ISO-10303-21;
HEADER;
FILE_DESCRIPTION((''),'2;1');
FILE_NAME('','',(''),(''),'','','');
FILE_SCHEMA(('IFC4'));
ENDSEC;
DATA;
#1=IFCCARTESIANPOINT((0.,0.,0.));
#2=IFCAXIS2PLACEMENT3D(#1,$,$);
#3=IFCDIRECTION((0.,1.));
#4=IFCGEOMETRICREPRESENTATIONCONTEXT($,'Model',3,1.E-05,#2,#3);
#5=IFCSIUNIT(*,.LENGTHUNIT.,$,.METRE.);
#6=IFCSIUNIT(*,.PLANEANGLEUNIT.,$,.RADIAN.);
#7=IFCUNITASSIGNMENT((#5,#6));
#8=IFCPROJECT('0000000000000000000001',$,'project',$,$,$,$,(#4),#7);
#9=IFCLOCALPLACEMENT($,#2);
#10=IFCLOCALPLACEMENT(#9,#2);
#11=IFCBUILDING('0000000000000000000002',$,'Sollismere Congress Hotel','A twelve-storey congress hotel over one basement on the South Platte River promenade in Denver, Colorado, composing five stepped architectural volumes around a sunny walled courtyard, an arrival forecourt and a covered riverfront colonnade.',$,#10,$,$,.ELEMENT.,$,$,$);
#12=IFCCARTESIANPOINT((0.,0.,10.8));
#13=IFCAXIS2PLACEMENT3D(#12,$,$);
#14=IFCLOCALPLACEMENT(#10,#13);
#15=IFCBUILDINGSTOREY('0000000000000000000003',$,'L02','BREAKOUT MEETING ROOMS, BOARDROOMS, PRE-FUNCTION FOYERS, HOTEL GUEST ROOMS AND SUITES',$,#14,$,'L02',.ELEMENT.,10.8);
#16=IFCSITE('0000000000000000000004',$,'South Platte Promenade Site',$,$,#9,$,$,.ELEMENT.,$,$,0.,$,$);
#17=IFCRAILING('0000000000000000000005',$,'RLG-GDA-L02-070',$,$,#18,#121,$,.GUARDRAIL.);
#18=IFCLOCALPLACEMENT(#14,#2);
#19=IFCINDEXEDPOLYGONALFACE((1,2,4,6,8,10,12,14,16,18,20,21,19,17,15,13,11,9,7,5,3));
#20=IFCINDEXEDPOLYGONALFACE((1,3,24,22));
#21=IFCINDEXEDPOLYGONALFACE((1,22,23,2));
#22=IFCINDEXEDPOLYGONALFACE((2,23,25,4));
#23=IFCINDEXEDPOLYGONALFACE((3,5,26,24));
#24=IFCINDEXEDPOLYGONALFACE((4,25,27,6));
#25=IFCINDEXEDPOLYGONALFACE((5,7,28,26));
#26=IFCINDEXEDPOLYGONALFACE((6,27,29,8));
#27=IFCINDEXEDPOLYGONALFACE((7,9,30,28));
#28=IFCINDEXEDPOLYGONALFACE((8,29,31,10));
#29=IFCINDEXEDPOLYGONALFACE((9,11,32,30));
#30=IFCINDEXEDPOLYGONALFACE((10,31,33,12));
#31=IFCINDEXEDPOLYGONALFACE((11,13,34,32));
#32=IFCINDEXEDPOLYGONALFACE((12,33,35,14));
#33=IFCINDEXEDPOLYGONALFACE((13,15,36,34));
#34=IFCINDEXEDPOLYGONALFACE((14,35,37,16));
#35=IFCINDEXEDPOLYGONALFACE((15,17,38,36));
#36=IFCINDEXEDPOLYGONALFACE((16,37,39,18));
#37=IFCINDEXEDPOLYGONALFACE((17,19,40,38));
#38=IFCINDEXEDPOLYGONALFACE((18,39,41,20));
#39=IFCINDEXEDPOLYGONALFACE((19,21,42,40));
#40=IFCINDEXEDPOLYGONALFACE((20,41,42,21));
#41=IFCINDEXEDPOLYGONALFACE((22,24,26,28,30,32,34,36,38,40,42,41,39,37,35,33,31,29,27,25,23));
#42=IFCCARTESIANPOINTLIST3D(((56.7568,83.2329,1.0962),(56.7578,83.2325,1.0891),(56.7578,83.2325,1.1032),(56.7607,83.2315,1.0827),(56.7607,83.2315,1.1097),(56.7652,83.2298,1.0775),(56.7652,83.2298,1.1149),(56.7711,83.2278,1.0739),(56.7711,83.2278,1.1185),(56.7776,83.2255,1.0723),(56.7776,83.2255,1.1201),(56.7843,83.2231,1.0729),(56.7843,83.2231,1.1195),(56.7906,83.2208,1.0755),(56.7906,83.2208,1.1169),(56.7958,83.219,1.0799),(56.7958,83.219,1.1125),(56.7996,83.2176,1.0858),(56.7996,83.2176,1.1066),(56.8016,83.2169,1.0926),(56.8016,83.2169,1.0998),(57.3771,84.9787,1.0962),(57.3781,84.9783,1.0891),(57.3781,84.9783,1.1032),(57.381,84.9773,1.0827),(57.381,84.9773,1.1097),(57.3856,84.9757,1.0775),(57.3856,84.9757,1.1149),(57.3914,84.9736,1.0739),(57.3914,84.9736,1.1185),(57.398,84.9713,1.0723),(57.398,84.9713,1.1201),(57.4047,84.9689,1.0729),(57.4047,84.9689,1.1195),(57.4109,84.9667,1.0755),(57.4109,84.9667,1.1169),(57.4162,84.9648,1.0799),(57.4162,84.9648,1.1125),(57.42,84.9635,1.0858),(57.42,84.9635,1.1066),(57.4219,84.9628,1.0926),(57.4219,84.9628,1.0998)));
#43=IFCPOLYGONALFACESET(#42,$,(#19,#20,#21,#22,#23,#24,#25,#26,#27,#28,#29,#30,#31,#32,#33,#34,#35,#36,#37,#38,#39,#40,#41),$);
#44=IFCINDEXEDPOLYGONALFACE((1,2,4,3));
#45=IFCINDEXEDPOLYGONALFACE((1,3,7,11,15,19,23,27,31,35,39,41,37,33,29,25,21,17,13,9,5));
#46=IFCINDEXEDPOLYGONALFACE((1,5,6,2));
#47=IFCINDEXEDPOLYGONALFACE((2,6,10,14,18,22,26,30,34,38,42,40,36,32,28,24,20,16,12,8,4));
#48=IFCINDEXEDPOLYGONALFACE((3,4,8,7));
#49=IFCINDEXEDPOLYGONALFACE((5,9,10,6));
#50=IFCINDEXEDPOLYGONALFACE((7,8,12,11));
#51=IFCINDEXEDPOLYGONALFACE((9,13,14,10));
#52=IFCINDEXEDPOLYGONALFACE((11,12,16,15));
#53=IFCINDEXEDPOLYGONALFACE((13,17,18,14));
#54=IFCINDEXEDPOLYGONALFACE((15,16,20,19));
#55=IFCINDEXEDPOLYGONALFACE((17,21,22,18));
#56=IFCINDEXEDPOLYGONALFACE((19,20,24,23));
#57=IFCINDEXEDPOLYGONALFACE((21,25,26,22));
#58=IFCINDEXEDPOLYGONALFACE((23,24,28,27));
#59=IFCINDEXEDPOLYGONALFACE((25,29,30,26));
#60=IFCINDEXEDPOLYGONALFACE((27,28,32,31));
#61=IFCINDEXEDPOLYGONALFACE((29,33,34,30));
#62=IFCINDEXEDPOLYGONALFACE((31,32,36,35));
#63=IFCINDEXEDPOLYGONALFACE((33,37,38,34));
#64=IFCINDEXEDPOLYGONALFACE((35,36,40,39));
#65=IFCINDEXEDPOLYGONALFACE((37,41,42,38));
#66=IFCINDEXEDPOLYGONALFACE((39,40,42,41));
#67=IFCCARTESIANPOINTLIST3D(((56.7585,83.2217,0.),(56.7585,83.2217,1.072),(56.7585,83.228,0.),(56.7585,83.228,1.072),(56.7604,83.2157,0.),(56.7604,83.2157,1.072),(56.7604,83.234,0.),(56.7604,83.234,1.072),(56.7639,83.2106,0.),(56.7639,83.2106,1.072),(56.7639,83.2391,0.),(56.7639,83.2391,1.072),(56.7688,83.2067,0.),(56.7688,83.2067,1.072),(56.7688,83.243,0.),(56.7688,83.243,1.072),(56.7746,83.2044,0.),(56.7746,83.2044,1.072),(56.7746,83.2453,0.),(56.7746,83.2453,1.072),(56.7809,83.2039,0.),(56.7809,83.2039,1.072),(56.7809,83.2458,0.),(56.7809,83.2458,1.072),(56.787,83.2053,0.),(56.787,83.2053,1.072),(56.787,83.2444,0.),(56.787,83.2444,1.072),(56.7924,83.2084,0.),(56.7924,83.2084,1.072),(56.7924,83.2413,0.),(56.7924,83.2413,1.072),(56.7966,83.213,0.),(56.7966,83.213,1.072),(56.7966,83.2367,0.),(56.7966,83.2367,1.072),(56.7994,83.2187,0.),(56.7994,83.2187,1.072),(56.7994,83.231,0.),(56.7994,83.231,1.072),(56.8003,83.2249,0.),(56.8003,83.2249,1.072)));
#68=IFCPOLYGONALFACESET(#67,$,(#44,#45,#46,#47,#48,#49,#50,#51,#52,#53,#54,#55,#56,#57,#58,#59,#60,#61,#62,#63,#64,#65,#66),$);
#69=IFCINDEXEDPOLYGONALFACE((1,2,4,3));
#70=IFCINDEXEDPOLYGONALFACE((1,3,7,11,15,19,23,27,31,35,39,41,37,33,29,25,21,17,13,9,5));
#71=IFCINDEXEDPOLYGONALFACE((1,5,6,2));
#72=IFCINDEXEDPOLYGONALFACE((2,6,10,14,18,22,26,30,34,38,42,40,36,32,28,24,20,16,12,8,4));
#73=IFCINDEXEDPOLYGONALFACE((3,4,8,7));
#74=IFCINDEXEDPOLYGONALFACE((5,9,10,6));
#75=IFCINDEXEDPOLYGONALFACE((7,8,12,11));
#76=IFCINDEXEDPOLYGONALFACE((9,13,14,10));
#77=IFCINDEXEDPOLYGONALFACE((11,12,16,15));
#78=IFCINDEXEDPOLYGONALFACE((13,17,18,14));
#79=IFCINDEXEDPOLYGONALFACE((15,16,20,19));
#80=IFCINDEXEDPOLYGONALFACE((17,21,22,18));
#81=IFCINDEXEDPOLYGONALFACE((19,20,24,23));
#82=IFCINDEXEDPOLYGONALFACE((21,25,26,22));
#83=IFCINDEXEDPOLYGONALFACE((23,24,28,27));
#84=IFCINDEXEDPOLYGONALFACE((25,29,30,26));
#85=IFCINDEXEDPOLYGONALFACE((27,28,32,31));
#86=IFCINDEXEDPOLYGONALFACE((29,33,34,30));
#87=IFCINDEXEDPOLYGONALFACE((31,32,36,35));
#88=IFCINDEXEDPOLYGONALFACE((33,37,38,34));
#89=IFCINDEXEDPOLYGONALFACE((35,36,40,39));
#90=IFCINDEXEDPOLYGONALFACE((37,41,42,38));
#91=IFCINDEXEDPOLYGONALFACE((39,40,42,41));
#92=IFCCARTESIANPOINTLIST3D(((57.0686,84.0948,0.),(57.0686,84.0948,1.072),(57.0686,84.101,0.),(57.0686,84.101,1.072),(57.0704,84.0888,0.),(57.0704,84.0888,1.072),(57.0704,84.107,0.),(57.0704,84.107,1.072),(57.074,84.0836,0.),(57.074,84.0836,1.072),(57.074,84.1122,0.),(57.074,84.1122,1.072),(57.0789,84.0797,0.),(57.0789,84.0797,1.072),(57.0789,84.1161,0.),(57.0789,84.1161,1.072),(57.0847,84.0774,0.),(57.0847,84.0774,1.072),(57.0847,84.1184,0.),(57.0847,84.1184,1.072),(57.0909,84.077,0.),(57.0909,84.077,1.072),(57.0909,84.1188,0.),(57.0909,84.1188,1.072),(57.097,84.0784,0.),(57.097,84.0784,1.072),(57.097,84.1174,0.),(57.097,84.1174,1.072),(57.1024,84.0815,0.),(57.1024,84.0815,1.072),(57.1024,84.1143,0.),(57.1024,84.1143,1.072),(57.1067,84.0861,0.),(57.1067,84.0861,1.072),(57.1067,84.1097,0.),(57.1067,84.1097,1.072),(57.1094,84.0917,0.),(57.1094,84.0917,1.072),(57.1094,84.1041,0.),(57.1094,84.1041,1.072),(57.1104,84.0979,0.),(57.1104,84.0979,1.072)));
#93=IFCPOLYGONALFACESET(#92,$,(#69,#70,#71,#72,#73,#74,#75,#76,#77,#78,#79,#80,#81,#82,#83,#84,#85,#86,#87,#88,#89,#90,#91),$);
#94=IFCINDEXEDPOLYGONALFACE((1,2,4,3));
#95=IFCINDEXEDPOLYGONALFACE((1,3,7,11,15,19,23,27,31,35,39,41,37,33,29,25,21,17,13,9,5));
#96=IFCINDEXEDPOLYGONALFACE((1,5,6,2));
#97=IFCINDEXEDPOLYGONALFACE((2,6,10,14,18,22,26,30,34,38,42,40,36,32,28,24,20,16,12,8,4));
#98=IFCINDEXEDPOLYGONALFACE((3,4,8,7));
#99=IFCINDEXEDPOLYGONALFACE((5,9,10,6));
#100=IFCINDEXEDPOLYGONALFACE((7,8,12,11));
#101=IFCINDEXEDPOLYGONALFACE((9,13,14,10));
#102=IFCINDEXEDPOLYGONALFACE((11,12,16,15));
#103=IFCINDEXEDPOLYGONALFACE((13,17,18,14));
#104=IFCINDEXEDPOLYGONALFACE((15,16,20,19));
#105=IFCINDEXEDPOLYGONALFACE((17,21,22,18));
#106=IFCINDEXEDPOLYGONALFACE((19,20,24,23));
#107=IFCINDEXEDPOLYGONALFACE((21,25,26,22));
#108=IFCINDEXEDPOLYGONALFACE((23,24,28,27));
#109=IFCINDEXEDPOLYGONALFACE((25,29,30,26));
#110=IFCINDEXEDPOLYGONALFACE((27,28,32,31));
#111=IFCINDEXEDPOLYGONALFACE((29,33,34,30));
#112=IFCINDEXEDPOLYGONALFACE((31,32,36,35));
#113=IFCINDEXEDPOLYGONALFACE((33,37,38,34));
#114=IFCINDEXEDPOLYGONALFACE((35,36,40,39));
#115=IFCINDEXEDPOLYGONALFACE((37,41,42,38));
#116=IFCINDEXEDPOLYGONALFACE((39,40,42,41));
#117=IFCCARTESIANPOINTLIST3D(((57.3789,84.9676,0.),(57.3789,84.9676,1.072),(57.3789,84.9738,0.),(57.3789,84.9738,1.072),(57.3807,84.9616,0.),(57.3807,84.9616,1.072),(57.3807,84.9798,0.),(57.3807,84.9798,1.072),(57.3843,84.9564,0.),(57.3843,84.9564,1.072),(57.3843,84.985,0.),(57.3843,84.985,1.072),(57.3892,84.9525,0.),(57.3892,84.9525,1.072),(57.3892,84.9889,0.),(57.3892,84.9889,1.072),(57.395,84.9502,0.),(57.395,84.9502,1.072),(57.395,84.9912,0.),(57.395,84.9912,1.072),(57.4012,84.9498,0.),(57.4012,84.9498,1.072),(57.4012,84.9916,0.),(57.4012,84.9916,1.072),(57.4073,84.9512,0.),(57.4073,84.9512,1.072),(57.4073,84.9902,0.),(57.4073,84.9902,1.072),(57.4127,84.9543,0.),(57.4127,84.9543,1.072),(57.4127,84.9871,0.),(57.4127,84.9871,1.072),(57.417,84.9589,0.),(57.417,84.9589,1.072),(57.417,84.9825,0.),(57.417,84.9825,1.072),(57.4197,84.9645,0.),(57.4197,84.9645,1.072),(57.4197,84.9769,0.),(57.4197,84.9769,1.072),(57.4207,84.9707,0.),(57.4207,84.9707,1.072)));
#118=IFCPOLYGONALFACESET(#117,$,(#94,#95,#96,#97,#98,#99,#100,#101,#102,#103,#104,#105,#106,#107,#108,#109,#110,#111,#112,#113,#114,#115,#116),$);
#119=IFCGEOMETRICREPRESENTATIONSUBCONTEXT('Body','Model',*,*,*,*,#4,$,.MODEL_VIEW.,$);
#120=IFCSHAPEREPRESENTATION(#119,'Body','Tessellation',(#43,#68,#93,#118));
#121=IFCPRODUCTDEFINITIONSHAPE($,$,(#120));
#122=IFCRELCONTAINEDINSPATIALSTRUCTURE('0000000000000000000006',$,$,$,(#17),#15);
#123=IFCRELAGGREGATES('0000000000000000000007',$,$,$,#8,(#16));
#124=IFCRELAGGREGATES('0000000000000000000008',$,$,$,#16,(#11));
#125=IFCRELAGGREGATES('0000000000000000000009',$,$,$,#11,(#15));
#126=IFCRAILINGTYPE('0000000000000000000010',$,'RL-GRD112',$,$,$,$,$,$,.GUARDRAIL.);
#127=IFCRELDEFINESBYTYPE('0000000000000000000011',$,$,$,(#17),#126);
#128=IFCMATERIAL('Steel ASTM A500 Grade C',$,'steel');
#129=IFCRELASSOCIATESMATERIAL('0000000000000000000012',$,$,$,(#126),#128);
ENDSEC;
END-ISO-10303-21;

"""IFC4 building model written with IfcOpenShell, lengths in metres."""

from ifc_helpers import new_model, si_unit, direction, frame, origin, origin_2d, place, context, subcontext, project, spatial, circle, extrude, material, type_object, element, save


model = new_model("IFC4")

# Units and contexts
model_context = context("Model", 3, precision=1e-05, world=origin(), true_north=direction((0.0, 1.0)))
body_context = subcontext(model_context, "Body", "Model", "MODEL_VIEW")
ifc_project = project(units=[si_unit("LENGTHUNIT", "METRE"), si_unit("PLANEANGLEUNIT", "RADIAN")], contexts=[model_context])

# Site, building, storey
site_placement = place(None, origin())
site = spatial("IfcSite", under=ifc_project, at=site_placement, Name="South Platte Promenade Site", CompositionType="ELEMENT", RefElevation=0.0)
building_placement = place(site_placement, origin())
building = spatial("IfcBuilding", under=site, at=building_placement, Name="Sollismere Congress Hotel", Description="A twelve-storey congress hotel over one basement on the South Platte River promenade in Denver, Colorado, composing five stepped architectural volumes around a sunny walled courtyard, an arrival forecourt and a covered riverfront colonnade.", CompositionType="ELEMENT")
storey_placement = place(building_placement, frame((0.0, 0.0, 10.8)))
storey = spatial("IfcBuildingStorey", under=building, at=storey_placement, Name="L02", Description="BREAKOUT MEETING ROOMS, BOARDROOMS, PRE-FUNCTION FOYERS, HOTEL GUEST ROOMS AND SUITES", LongName="L02", CompositionType="ELEMENT", Elevation=10.8)

# Shared definitions
ifc_material_1 = material(Name="Steel ASTM A500 Grade C", Category="steel")

# Railing
railing_type = type_object("IfcRailingType", Name="RL-GRD112", PredefinedType="GUARDRAIL", material=ifc_material_1)
railing_1_placement = place(storey_placement, frame((56.7793, 83.2249, 0.0)))
element("IfcRailing", 1, at=railing_1_placement, inside=storey, type_object=railing_type, Name="RLG-GDA-L02-070", PredefinedType="GUARDRAIL", context=body_context, shape_type="SweptSolid", body=[
    extrude(circle(Radius=0.0239, at=origin_2d()), frame((0.0, 0.0, 1.0962), z_axis=(0.334825, 0.94228, 0.0), x_axis=(-0.94228, 0.334825, 0.0)), (0.0, 0.0, 1.0), 1.8528),
    extrude(circle(Radius=0.021, at=origin_2d()), origin(), (0.0, 0.0, 1.0), 1.072),
    extrude(circle(Radius=0.021, at=origin_2d()), frame((0.3101, 0.873, 0.0)), (0.0, 0.0, 1.0), 1.072),
    extrude(circle(Radius=0.021, at=origin_2d()), frame((0.6204, 1.7458, 0.0)), (0.0, 0.0, 1.0), 1.072),
])

save(model, "model.ifc")
